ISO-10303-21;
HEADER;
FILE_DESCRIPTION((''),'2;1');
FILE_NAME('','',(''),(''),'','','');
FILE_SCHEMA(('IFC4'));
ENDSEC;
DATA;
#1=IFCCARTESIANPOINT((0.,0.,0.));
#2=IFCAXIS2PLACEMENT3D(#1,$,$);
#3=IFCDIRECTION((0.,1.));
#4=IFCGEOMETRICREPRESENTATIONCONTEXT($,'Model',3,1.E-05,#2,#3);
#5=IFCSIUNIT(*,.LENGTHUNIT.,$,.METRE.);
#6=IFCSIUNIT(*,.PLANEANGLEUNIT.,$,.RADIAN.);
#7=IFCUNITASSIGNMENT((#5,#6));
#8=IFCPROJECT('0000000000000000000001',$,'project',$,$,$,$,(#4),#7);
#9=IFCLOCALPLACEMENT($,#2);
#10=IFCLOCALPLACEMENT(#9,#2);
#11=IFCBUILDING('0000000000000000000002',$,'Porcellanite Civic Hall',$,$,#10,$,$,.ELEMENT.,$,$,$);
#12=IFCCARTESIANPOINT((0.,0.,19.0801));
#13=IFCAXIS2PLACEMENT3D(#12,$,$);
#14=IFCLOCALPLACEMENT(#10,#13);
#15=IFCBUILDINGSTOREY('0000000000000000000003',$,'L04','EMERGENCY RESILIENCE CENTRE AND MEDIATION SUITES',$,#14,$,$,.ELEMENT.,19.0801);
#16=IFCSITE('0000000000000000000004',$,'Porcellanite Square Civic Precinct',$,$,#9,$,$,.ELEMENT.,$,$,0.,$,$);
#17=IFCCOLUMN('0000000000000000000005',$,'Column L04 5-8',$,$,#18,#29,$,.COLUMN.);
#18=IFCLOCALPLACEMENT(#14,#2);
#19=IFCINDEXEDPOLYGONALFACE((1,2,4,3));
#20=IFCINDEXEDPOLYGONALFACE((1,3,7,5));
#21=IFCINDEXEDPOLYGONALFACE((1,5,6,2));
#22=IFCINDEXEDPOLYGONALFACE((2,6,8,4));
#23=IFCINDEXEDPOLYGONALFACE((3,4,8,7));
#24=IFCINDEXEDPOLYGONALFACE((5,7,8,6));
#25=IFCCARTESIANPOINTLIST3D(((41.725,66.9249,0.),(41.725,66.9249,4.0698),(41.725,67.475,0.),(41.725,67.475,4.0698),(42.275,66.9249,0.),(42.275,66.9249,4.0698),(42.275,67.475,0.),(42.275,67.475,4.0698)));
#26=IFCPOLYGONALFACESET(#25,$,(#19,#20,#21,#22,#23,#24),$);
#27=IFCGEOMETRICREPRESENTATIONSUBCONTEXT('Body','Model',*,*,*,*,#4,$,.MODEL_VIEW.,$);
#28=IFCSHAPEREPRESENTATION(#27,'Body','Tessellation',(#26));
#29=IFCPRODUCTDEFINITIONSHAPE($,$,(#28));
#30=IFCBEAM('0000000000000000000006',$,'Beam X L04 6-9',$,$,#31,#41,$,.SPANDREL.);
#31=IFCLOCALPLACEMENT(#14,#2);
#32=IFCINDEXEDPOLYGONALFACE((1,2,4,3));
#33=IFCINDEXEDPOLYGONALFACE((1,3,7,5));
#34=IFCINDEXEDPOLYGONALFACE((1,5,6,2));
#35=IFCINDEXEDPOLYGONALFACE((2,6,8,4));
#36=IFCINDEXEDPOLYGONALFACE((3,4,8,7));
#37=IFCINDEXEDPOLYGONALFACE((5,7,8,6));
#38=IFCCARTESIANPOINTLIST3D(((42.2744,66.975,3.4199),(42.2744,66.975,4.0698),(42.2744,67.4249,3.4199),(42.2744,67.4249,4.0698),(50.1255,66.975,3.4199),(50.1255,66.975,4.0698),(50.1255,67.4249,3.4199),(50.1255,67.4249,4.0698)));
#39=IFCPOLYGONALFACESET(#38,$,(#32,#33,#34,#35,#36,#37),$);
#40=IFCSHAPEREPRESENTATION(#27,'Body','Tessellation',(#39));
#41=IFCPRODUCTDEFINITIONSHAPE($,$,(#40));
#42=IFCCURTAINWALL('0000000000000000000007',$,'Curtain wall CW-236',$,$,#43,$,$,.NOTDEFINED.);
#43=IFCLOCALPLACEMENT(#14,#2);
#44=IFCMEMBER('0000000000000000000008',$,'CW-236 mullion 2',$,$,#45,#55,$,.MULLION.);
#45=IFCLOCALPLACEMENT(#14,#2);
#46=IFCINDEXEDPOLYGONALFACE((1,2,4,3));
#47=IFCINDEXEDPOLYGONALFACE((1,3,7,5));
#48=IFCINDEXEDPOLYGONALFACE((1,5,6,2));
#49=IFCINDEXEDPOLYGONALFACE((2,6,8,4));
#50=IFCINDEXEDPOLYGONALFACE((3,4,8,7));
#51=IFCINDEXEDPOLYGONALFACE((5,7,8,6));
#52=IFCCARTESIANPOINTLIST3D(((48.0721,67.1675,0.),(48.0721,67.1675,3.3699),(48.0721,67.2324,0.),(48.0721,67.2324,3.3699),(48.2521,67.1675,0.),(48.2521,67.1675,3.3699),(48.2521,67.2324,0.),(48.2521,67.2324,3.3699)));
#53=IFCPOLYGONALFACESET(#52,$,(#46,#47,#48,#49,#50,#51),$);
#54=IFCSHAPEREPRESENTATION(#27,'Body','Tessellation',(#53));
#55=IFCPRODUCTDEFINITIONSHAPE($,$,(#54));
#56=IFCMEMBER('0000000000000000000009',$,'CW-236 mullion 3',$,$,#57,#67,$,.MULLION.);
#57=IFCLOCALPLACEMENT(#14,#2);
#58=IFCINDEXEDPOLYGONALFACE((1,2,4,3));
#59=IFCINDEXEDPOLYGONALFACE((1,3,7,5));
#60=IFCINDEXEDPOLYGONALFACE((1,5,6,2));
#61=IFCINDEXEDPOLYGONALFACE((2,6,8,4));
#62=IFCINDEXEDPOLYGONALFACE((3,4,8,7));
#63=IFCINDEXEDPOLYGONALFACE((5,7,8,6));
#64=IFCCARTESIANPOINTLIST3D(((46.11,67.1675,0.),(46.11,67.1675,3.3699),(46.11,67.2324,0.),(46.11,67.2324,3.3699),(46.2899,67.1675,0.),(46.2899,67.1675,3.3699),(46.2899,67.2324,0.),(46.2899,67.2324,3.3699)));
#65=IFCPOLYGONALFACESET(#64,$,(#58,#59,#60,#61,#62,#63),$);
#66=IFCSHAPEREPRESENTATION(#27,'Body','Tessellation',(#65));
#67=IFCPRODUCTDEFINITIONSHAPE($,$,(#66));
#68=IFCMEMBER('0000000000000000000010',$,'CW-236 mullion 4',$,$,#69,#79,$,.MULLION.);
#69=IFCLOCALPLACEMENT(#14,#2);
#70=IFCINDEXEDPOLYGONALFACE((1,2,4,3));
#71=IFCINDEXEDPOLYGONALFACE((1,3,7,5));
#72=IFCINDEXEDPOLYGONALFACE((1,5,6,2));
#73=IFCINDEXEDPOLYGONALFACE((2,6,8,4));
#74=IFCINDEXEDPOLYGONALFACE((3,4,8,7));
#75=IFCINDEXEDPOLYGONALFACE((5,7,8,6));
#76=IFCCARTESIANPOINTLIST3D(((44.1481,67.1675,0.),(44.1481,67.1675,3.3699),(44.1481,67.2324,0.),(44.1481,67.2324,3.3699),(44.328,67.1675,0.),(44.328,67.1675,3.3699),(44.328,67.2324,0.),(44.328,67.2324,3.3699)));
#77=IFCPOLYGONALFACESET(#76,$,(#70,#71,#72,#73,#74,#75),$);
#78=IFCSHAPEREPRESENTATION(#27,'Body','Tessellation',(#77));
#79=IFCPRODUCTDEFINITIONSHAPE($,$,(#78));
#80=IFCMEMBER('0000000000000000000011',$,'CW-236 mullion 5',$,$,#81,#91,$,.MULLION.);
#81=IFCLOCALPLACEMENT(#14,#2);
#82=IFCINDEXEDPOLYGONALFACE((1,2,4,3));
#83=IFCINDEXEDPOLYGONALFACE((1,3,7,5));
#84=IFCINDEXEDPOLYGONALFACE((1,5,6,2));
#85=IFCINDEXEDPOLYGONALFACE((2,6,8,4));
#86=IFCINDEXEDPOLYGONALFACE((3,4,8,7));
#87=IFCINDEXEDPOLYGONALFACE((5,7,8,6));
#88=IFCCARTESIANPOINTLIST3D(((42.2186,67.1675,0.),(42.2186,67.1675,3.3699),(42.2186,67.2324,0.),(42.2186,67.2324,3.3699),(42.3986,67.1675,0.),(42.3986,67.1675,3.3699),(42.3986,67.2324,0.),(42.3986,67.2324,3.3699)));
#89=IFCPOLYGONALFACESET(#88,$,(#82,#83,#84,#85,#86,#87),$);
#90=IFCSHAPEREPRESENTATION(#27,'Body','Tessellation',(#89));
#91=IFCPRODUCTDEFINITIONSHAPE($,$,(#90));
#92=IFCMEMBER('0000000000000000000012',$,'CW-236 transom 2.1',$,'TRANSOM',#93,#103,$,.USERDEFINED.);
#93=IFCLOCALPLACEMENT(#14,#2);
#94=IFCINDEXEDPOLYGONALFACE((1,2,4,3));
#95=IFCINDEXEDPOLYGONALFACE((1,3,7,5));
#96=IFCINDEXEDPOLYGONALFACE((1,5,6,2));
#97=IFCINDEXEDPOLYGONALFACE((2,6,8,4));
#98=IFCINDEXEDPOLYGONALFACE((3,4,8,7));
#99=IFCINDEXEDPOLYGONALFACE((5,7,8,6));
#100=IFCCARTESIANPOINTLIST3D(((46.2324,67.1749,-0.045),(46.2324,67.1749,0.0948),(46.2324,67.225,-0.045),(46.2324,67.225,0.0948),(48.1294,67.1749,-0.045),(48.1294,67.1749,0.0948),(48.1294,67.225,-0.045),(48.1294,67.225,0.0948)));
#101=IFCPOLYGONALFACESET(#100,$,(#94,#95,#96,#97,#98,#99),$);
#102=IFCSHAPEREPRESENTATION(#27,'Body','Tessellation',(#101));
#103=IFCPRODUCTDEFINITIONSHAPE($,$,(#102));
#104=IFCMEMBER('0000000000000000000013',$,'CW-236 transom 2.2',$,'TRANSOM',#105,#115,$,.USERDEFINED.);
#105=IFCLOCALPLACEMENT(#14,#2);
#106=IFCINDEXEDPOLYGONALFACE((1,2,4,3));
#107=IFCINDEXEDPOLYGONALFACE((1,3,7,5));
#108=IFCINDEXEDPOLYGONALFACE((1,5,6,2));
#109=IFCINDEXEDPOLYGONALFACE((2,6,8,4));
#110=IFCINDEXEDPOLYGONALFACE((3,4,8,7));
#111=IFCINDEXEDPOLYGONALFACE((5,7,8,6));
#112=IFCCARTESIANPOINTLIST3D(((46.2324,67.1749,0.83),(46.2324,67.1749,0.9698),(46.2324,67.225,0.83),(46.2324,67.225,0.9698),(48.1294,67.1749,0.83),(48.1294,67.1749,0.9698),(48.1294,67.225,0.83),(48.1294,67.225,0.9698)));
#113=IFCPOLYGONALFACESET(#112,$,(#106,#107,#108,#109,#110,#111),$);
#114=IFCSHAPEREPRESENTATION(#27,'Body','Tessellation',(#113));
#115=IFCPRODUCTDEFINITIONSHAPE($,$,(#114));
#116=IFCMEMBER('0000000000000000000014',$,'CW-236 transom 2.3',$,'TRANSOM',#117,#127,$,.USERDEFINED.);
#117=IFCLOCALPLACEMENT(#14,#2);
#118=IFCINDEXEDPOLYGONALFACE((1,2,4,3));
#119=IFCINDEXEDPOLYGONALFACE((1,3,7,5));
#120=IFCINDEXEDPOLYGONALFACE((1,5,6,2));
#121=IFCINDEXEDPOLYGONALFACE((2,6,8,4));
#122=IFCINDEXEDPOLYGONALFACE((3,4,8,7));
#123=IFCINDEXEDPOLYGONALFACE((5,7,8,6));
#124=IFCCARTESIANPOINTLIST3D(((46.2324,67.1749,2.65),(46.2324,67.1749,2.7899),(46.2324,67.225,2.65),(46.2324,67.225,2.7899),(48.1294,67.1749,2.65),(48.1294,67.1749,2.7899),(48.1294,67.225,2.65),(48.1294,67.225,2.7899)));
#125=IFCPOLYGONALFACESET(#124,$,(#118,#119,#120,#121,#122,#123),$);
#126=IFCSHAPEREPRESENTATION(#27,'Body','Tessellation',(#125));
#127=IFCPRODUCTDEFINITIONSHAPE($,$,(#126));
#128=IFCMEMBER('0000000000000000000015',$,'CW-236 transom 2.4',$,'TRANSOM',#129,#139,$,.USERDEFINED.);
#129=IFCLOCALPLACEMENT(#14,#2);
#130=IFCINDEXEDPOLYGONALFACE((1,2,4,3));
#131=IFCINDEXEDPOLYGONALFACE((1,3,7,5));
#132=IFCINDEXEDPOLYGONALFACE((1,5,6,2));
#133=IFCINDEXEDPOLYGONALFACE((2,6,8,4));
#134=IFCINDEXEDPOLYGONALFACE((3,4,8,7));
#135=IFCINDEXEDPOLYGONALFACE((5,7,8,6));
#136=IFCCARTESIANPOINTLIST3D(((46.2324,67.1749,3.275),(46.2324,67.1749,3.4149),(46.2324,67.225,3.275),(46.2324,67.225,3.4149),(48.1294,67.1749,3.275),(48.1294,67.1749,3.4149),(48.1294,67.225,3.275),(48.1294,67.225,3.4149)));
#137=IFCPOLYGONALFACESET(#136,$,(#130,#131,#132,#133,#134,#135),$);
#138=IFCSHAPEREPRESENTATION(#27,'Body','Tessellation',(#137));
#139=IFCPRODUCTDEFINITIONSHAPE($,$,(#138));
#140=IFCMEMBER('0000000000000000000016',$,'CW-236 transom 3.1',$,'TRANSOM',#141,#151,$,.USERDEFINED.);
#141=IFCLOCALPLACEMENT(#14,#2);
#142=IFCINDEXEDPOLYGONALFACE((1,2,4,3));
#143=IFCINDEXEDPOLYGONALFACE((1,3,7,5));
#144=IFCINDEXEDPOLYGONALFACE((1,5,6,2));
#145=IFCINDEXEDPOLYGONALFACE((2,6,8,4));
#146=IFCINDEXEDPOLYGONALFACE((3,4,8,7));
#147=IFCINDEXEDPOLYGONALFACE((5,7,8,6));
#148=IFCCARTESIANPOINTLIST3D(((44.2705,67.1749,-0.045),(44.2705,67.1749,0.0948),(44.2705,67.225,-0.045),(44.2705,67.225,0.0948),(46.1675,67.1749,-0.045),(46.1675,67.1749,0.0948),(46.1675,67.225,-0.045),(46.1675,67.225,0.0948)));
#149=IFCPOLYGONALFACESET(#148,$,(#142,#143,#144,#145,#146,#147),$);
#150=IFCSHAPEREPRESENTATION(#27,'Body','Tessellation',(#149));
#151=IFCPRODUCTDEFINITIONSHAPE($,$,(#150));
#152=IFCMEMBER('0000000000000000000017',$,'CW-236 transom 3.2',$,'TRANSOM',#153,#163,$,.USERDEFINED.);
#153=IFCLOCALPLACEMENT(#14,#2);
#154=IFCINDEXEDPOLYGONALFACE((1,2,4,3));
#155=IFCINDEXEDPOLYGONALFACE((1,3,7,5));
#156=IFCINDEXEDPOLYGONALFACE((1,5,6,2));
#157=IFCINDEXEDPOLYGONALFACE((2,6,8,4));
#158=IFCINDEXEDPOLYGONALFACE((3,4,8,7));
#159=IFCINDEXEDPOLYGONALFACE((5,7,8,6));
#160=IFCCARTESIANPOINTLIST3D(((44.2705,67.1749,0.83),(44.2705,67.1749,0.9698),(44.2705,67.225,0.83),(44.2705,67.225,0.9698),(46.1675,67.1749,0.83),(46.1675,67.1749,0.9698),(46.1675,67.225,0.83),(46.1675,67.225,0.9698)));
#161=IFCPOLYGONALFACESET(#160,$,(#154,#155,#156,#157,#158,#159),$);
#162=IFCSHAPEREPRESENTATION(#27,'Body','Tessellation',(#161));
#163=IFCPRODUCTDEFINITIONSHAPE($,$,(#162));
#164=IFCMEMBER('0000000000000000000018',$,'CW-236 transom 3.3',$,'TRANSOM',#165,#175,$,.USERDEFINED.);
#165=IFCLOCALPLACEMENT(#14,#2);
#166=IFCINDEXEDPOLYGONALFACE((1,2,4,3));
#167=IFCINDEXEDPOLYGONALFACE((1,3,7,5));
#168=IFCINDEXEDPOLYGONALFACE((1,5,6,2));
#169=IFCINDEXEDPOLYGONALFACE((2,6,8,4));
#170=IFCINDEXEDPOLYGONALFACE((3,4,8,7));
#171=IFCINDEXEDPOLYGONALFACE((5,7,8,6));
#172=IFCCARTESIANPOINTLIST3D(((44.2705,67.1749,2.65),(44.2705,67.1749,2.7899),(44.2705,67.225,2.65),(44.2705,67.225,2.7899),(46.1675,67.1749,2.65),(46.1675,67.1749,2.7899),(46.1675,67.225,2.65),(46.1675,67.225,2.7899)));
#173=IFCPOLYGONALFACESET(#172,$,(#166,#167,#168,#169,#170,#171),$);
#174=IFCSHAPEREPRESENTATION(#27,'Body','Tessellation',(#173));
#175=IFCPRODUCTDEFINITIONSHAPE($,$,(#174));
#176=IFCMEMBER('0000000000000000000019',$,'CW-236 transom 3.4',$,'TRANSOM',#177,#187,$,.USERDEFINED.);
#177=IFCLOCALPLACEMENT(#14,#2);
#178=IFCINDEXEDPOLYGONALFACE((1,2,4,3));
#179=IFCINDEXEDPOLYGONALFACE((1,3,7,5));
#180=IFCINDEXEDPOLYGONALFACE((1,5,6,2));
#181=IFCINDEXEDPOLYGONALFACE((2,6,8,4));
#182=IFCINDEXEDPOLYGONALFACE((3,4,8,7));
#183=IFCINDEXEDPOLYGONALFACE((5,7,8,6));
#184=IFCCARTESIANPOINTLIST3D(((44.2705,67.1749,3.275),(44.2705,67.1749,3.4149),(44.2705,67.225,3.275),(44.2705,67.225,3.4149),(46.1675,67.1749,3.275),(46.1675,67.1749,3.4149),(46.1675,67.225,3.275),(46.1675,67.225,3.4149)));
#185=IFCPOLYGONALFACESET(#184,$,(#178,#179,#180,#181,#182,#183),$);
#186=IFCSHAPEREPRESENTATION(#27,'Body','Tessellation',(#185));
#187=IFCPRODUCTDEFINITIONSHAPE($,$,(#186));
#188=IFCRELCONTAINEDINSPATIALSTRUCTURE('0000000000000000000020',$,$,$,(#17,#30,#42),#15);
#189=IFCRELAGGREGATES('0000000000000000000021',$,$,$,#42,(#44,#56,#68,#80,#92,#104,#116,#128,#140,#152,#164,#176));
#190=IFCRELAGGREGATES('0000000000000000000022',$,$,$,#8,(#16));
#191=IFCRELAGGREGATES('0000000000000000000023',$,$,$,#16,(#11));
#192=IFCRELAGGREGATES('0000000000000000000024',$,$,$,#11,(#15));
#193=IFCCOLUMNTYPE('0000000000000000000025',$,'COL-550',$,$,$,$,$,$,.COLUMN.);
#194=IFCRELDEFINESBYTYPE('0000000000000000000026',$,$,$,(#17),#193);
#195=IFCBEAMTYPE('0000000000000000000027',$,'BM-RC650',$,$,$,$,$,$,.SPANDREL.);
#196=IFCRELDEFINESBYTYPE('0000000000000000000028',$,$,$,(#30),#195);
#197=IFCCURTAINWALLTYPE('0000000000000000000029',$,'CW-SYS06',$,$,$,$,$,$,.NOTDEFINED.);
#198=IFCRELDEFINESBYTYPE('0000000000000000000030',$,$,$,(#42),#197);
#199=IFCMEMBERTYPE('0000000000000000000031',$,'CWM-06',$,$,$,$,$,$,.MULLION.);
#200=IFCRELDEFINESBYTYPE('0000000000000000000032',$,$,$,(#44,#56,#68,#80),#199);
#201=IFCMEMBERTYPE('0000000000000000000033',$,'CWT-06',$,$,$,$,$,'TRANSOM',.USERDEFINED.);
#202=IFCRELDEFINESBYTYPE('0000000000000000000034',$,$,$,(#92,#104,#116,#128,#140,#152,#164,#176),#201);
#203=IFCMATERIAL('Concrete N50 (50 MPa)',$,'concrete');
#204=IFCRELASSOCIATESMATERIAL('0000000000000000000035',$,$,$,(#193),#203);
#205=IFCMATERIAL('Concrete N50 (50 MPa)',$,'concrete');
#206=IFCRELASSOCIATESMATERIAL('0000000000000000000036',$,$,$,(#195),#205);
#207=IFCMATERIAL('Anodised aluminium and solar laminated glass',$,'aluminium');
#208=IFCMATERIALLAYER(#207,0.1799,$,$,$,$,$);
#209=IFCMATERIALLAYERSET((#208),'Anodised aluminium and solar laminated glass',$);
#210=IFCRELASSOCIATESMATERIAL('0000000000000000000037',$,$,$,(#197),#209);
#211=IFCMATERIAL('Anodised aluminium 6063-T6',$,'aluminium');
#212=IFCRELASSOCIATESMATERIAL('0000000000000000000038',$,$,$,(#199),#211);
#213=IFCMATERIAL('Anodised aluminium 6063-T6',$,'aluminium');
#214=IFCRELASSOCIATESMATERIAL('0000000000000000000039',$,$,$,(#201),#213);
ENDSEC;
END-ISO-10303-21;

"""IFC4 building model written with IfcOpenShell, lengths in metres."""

from ifc_helpers import new_model, si_unit, direction, frame, origin, origin_2d, place, context, subcontext, project, spatial, rectangle, extrude, material, layer, layer_set, material_profile, profile_set, type_object, element, aggregate, save


model = new_model("IFC4")

# Units and contexts
model_context = context("Model", 3, precision=1e-05, world=origin(), true_north=direction((0.0, 1.0)))
body_context = subcontext(model_context, "Body", "Model", "MODEL_VIEW")
ifc_project = project(units=[si_unit("LENGTHUNIT", "METRE"), si_unit("PLANEANGLEUNIT", "RADIAN")], contexts=[model_context])

# Site, building, storey
site_placement = place(None, origin())
site = spatial("IfcSite", under=ifc_project, at=site_placement, Name="Porcellanite Square Civic Precinct", CompositionType="ELEMENT", RefElevation=0.0)
building_placement = place(site_placement, origin())
building = spatial("IfcBuilding", under=site, at=building_placement, Name="Porcellanite Civic Hall", CompositionType="ELEMENT")
storey_placement = place(building_placement, frame((0.0, 0.0, 19.0801)))
storey = spatial("IfcBuildingStorey", under=building, at=storey_placement, Name="L04", Description="EMERGENCY RESILIENCE CENTRE AND MEDIATION SUITES", CompositionType="ELEMENT", Elevation=19.0801)

# Column
ifc_material_1 = material(Name="Concrete N50 (50 MPa)", Category="concrete")
ifc_material_profile_1 = material_profile(ifc_material_1, rectangle(XDim=0.55, YDim=0.55, at=origin_2d()), Name="RC-550x550")
ifc_profile_set_1 = profile_set([ifc_material_profile_1], Name="Concrete N50 (50 MPa)")
column_type = type_object("IfcColumnType", Name="COL-550", PredefinedType="COLUMN", material=ifc_profile_set_1)
column_placement = place(storey_placement, frame((42.0, 67.2, 0.0), z_axis=(0.0, 0.0, 1.0), x_axis=(1.0, 0.0, 0.0)))
element("IfcColumn", 1, at=column_placement, inside=storey, type_object=column_type, Name="Column L04 5-8", PredefinedType="COLUMN", context=body_context, shape_type="SweptSolid", body=[
    extrude(rectangle(XDim=0.55, YDim=0.55, at=origin_2d()), origin(), (0.0, 0.0, 1.0), 4.0698),
])

# Beam
ifc_material_2 = material(Name="Concrete N50 (50 MPa)", Category="concrete")
ifc_material_profile_2 = material_profile(ifc_material_2, rectangle(XDim=0.45, YDim=0.6499, at=origin_2d()), Name="RC-450x650")
ifc_profile_set_2 = profile_set([ifc_material_profile_2], Name="Concrete N50 (50 MPa)")
beam_type = type_object("IfcBeamType", Name="BM-RC650", PredefinedType="SPANDREL", material=ifc_profile_set_2)
beam_placement = place(storey_placement, frame((42.2744, 67.2, 3.7449), z_axis=(1.0, 0.0, 0.0), x_axis=(0.0, 1.0, 0.0)))
element("IfcBeam", 2, at=beam_placement, inside=storey, type_object=beam_type, Name="Beam X L04 6-9", PredefinedType="SPANDREL", context=body_context, shape_type="SweptSolid", body=[
    extrude(rectangle(XDim=0.45, YDim=0.6499, at=origin_2d()), origin(), (0.0, 0.0, 1.0), 7.8511),
])

# Curtain wall, members
ifc_material_3 = material(Name="Anodised aluminium and solar laminated glass", Category="aluminium")
ifc_layer_1 = layer(ifc_material_3, 0.1799)
ifc_layer_set_1 = layer_set([ifc_layer_1], Name="Anodised aluminium and solar laminated glass")
curtain_wall_type = type_object("IfcCurtainWallType", Name="CW-SYS06", PredefinedType="NOTDEFINED", material=ifc_layer_set_1)
curtain_wall_placement = place(storey_placement, origin())
curtain_wall = element("IfcCurtainWall", 3, at=curtain_wall_placement, inside=storey, type_object=curtain_wall_type, Name="Curtain wall CW-236", PredefinedType="NOTDEFINED")
ifc_material_4 = material(Name="Anodised aluminium 6063-T6", Category="aluminium")
ifc_material_profile_3 = material_profile(ifc_material_4, rectangle(XDim=0.0649, YDim=0.1799, at=origin_2d()), Name="AL-65x180")
ifc_profile_set_3 = profile_set([ifc_material_profile_3], Name="Anodised aluminium 6063-T6")
member_type_1 = type_object("IfcMemberType", Name="CWM-06", PredefinedType="MULLION", material=ifc_profile_set_3)
member_1_placement = place(storey_placement, frame((48.1621, 67.2, 0.0), z_axis=(0.0, 0.0, 1.0), x_axis=(0.0, -1.0, 0.0)))
member_1 = element("IfcMember", 4, at=member_1_placement, type_object=member_type_1, Name="CW-236 mullion 2", PredefinedType="MULLION", context=body_context, shape_type="SweptSolid", body=[
    extrude(rectangle(XDim=0.0649, YDim=0.1799, at=origin_2d()), origin(), (0.0, 0.0, 1.0), 3.3699),
])
member_2_placement = place(storey_placement, frame((46.2, 67.2, 0.0), z_axis=(0.0, 0.0, 1.0), x_axis=(0.0, -1.0, 0.0)))
member_2 = element("IfcMember", 5, at=member_2_placement, type_object=member_type_1, Name="CW-236 mullion 3", PredefinedType="MULLION", context=body_context, shape_type="SweptSolid", body=[
    extrude(rectangle(XDim=0.0649, YDim=0.1799, at=origin_2d()), origin(), (0.0, 0.0, 1.0), 3.3699),
])
member_3_placement = place(storey_placement, frame((44.238, 67.2, 0.0), z_axis=(0.0, 0.0, 1.0), x_axis=(0.0, -1.0, 0.0)))
member_3 = element("IfcMember", 6, at=member_3_placement, type_object=member_type_1, Name="CW-236 mullion 4", PredefinedType="MULLION", context=body_context, shape_type="SweptSolid", body=[
    extrude(rectangle(XDim=0.0649, YDim=0.1799, at=origin_2d()), origin(), (0.0, 0.0, 1.0), 3.3699),
])
member_4_placement = place(storey_placement, frame((42.3086, 67.2, 0.0), z_axis=(0.0, 0.0, 1.0), x_axis=(0.0, -1.0, 0.0)))
member_4 = element("IfcMember", 7, at=member_4_placement, type_object=member_type_1, Name="CW-236 mullion 5", PredefinedType="MULLION", context=body_context, shape_type="SweptSolid", body=[
    extrude(rectangle(XDim=0.0649, YDim=0.1799, at=origin_2d()), origin(), (0.0, 0.0, 1.0), 3.3699),
])
ifc_material_5 = material(Name="Anodised aluminium 6063-T6", Category="aluminium")
ifc_material_profile_4 = material_profile(ifc_material_5, rectangle(XDim=0.05, YDim=0.1399, at=origin_2d()), Name="AL-50x140")
ifc_profile_set_4 = profile_set([ifc_material_profile_4], Name="Anodised aluminium 6063-T6")
member_type_2 = type_object("IfcMemberType", Name="CWT-06", ElementType="TRANSOM", PredefinedType="USERDEFINED", material=ifc_profile_set_4)
member_5_placement = place(storey_placement, frame((48.1294, 67.2, 0.0249), z_axis=(-1.0, 0.0, 0.0), x_axis=(0.0, -1.0, 0.0)))
member_5 = element("IfcMember", 8, at=member_5_placement, type_object=member_type_2, Name="CW-236 transom 2.1", ObjectType="TRANSOM", PredefinedType="USERDEFINED", context=body_context, shape_type="SweptSolid", body=[
    extrude(rectangle(XDim=0.05, YDim=0.1399, at=origin_2d()), origin(), (0.0, 0.0, 1.0), 1.897),
])
member_6_placement = place(storey_placement, frame((48.1294, 67.2, 0.8999), z_axis=(-1.0, 0.0, 0.0), x_axis=(0.0, -1.0, 0.0)))
member_6 = element("IfcMember", 9, at=member_6_placement, type_object=member_type_2, Name="CW-236 transom 2.2", ObjectType="TRANSOM", PredefinedType="USERDEFINED", context=body_context, shape_type="SweptSolid", body=[
    extrude(rectangle(XDim=0.05, YDim=0.1399, at=origin_2d()), origin(), (0.0, 0.0, 1.0), 1.897),
])
member_7_placement = place(storey_placement, frame((48.1294, 67.2, 2.72), z_axis=(-1.0, 0.0, 0.0), x_axis=(0.0, -1.0, 0.0)))
member_7 = element("IfcMember", 10, at=member_7_placement, type_object=member_type_2, Name="CW-236 transom 2.3", ObjectType="TRANSOM", PredefinedType="USERDEFINED", context=body_context, shape_type="SweptSolid", body=[
    extrude(rectangle(XDim=0.05, YDim=0.1399, at=origin_2d()), origin(), (0.0, 0.0, 1.0), 1.897),
])
member_8_placement = place(storey_placement, frame((48.1294, 67.2, 3.345), z_axis=(-1.0, 0.0, 0.0), x_axis=(0.0, -1.0, 0.0)))
member_8 = element("IfcMember", 11, at=member_8_placement, type_object=member_type_2, Name="CW-236 transom 2.4", ObjectType="TRANSOM", PredefinedType="USERDEFINED", context=body_context, shape_type="SweptSolid", body=[
    extrude(rectangle(XDim=0.05, YDim=0.1399, at=origin_2d()), origin(), (0.0, 0.0, 1.0), 1.897),
])
member_9_placement = place(storey_placement, frame((46.1675, 67.2, 0.0249), z_axis=(-1.0, 0.0, 0.0), x_axis=(0.0, -1.0, 0.0)))
member_9 = element("IfcMember", 12, at=member_9_placement, type_object=member_type_2, Name="CW-236 transom 3.1", ObjectType="TRANSOM", PredefinedType="USERDEFINED", context=body_context, shape_type="SweptSolid", body=[
    extrude(rectangle(XDim=0.05, YDim=0.1399, at=origin_2d()), origin(), (0.0, 0.0, 1.0), 1.897),
])
member_10_placement = place(storey_placement, frame((46.1675, 67.2, 0.8999), z_axis=(-1.0, 0.0, 0.0), x_axis=(0.0, -1.0, 0.0)))
member_10 = element("IfcMember", 13, at=member_10_placement, type_object=member_type_2, Name="CW-236 transom 3.2", ObjectType="TRANSOM", PredefinedType="USERDEFINED", context=body_context, shape_type="SweptSolid", body=[
    extrude(rectangle(XDim=0.05, YDim=0.1399, at=origin_2d()), origin(), (0.0, 0.0, 1.0), 1.897),
])
member_11_placement = place(storey_placement, frame((46.1675, 67.2, 2.72), z_axis=(-1.0, 0.0, 0.0), x_axis=(0.0, -1.0, 0.0)))
member_11 = element("IfcMember", 14, at=member_11_placement, type_object=member_type_2, Name="CW-236 transom 3.3", ObjectType="TRANSOM", PredefinedType="USERDEFINED", context=body_context, shape_type="SweptSolid", body=[
    extrude(rectangle(XDim=0.05, YDim=0.1399, at=origin_2d()), origin(), (0.0, 0.0, 1.0), 1.897),
])
member_12_placement = place(storey_placement, frame((46.1675, 67.2, 3.345), z_axis=(-1.0, 0.0, 0.0), x_axis=(0.0, -1.0, 0.0)))
member_12 = element("IfcMember", 15, at=member_12_placement, type_object=member_type_2, Name="CW-236 transom 3.4", ObjectType="TRANSOM", PredefinedType="USERDEFINED", context=body_context, shape_type="SweptSolid", body=[
    extrude(rectangle(XDim=0.05, YDim=0.1399, at=origin_2d()), origin(), (0.0, 0.0, 1.0), 1.897),
])
aggregate(curtain_wall, [member_1, member_2, member_3, member_4, member_5, member_6, member_7, member_8, member_9, member_10, member_11, member_12])

save(model, "model.ifc")
